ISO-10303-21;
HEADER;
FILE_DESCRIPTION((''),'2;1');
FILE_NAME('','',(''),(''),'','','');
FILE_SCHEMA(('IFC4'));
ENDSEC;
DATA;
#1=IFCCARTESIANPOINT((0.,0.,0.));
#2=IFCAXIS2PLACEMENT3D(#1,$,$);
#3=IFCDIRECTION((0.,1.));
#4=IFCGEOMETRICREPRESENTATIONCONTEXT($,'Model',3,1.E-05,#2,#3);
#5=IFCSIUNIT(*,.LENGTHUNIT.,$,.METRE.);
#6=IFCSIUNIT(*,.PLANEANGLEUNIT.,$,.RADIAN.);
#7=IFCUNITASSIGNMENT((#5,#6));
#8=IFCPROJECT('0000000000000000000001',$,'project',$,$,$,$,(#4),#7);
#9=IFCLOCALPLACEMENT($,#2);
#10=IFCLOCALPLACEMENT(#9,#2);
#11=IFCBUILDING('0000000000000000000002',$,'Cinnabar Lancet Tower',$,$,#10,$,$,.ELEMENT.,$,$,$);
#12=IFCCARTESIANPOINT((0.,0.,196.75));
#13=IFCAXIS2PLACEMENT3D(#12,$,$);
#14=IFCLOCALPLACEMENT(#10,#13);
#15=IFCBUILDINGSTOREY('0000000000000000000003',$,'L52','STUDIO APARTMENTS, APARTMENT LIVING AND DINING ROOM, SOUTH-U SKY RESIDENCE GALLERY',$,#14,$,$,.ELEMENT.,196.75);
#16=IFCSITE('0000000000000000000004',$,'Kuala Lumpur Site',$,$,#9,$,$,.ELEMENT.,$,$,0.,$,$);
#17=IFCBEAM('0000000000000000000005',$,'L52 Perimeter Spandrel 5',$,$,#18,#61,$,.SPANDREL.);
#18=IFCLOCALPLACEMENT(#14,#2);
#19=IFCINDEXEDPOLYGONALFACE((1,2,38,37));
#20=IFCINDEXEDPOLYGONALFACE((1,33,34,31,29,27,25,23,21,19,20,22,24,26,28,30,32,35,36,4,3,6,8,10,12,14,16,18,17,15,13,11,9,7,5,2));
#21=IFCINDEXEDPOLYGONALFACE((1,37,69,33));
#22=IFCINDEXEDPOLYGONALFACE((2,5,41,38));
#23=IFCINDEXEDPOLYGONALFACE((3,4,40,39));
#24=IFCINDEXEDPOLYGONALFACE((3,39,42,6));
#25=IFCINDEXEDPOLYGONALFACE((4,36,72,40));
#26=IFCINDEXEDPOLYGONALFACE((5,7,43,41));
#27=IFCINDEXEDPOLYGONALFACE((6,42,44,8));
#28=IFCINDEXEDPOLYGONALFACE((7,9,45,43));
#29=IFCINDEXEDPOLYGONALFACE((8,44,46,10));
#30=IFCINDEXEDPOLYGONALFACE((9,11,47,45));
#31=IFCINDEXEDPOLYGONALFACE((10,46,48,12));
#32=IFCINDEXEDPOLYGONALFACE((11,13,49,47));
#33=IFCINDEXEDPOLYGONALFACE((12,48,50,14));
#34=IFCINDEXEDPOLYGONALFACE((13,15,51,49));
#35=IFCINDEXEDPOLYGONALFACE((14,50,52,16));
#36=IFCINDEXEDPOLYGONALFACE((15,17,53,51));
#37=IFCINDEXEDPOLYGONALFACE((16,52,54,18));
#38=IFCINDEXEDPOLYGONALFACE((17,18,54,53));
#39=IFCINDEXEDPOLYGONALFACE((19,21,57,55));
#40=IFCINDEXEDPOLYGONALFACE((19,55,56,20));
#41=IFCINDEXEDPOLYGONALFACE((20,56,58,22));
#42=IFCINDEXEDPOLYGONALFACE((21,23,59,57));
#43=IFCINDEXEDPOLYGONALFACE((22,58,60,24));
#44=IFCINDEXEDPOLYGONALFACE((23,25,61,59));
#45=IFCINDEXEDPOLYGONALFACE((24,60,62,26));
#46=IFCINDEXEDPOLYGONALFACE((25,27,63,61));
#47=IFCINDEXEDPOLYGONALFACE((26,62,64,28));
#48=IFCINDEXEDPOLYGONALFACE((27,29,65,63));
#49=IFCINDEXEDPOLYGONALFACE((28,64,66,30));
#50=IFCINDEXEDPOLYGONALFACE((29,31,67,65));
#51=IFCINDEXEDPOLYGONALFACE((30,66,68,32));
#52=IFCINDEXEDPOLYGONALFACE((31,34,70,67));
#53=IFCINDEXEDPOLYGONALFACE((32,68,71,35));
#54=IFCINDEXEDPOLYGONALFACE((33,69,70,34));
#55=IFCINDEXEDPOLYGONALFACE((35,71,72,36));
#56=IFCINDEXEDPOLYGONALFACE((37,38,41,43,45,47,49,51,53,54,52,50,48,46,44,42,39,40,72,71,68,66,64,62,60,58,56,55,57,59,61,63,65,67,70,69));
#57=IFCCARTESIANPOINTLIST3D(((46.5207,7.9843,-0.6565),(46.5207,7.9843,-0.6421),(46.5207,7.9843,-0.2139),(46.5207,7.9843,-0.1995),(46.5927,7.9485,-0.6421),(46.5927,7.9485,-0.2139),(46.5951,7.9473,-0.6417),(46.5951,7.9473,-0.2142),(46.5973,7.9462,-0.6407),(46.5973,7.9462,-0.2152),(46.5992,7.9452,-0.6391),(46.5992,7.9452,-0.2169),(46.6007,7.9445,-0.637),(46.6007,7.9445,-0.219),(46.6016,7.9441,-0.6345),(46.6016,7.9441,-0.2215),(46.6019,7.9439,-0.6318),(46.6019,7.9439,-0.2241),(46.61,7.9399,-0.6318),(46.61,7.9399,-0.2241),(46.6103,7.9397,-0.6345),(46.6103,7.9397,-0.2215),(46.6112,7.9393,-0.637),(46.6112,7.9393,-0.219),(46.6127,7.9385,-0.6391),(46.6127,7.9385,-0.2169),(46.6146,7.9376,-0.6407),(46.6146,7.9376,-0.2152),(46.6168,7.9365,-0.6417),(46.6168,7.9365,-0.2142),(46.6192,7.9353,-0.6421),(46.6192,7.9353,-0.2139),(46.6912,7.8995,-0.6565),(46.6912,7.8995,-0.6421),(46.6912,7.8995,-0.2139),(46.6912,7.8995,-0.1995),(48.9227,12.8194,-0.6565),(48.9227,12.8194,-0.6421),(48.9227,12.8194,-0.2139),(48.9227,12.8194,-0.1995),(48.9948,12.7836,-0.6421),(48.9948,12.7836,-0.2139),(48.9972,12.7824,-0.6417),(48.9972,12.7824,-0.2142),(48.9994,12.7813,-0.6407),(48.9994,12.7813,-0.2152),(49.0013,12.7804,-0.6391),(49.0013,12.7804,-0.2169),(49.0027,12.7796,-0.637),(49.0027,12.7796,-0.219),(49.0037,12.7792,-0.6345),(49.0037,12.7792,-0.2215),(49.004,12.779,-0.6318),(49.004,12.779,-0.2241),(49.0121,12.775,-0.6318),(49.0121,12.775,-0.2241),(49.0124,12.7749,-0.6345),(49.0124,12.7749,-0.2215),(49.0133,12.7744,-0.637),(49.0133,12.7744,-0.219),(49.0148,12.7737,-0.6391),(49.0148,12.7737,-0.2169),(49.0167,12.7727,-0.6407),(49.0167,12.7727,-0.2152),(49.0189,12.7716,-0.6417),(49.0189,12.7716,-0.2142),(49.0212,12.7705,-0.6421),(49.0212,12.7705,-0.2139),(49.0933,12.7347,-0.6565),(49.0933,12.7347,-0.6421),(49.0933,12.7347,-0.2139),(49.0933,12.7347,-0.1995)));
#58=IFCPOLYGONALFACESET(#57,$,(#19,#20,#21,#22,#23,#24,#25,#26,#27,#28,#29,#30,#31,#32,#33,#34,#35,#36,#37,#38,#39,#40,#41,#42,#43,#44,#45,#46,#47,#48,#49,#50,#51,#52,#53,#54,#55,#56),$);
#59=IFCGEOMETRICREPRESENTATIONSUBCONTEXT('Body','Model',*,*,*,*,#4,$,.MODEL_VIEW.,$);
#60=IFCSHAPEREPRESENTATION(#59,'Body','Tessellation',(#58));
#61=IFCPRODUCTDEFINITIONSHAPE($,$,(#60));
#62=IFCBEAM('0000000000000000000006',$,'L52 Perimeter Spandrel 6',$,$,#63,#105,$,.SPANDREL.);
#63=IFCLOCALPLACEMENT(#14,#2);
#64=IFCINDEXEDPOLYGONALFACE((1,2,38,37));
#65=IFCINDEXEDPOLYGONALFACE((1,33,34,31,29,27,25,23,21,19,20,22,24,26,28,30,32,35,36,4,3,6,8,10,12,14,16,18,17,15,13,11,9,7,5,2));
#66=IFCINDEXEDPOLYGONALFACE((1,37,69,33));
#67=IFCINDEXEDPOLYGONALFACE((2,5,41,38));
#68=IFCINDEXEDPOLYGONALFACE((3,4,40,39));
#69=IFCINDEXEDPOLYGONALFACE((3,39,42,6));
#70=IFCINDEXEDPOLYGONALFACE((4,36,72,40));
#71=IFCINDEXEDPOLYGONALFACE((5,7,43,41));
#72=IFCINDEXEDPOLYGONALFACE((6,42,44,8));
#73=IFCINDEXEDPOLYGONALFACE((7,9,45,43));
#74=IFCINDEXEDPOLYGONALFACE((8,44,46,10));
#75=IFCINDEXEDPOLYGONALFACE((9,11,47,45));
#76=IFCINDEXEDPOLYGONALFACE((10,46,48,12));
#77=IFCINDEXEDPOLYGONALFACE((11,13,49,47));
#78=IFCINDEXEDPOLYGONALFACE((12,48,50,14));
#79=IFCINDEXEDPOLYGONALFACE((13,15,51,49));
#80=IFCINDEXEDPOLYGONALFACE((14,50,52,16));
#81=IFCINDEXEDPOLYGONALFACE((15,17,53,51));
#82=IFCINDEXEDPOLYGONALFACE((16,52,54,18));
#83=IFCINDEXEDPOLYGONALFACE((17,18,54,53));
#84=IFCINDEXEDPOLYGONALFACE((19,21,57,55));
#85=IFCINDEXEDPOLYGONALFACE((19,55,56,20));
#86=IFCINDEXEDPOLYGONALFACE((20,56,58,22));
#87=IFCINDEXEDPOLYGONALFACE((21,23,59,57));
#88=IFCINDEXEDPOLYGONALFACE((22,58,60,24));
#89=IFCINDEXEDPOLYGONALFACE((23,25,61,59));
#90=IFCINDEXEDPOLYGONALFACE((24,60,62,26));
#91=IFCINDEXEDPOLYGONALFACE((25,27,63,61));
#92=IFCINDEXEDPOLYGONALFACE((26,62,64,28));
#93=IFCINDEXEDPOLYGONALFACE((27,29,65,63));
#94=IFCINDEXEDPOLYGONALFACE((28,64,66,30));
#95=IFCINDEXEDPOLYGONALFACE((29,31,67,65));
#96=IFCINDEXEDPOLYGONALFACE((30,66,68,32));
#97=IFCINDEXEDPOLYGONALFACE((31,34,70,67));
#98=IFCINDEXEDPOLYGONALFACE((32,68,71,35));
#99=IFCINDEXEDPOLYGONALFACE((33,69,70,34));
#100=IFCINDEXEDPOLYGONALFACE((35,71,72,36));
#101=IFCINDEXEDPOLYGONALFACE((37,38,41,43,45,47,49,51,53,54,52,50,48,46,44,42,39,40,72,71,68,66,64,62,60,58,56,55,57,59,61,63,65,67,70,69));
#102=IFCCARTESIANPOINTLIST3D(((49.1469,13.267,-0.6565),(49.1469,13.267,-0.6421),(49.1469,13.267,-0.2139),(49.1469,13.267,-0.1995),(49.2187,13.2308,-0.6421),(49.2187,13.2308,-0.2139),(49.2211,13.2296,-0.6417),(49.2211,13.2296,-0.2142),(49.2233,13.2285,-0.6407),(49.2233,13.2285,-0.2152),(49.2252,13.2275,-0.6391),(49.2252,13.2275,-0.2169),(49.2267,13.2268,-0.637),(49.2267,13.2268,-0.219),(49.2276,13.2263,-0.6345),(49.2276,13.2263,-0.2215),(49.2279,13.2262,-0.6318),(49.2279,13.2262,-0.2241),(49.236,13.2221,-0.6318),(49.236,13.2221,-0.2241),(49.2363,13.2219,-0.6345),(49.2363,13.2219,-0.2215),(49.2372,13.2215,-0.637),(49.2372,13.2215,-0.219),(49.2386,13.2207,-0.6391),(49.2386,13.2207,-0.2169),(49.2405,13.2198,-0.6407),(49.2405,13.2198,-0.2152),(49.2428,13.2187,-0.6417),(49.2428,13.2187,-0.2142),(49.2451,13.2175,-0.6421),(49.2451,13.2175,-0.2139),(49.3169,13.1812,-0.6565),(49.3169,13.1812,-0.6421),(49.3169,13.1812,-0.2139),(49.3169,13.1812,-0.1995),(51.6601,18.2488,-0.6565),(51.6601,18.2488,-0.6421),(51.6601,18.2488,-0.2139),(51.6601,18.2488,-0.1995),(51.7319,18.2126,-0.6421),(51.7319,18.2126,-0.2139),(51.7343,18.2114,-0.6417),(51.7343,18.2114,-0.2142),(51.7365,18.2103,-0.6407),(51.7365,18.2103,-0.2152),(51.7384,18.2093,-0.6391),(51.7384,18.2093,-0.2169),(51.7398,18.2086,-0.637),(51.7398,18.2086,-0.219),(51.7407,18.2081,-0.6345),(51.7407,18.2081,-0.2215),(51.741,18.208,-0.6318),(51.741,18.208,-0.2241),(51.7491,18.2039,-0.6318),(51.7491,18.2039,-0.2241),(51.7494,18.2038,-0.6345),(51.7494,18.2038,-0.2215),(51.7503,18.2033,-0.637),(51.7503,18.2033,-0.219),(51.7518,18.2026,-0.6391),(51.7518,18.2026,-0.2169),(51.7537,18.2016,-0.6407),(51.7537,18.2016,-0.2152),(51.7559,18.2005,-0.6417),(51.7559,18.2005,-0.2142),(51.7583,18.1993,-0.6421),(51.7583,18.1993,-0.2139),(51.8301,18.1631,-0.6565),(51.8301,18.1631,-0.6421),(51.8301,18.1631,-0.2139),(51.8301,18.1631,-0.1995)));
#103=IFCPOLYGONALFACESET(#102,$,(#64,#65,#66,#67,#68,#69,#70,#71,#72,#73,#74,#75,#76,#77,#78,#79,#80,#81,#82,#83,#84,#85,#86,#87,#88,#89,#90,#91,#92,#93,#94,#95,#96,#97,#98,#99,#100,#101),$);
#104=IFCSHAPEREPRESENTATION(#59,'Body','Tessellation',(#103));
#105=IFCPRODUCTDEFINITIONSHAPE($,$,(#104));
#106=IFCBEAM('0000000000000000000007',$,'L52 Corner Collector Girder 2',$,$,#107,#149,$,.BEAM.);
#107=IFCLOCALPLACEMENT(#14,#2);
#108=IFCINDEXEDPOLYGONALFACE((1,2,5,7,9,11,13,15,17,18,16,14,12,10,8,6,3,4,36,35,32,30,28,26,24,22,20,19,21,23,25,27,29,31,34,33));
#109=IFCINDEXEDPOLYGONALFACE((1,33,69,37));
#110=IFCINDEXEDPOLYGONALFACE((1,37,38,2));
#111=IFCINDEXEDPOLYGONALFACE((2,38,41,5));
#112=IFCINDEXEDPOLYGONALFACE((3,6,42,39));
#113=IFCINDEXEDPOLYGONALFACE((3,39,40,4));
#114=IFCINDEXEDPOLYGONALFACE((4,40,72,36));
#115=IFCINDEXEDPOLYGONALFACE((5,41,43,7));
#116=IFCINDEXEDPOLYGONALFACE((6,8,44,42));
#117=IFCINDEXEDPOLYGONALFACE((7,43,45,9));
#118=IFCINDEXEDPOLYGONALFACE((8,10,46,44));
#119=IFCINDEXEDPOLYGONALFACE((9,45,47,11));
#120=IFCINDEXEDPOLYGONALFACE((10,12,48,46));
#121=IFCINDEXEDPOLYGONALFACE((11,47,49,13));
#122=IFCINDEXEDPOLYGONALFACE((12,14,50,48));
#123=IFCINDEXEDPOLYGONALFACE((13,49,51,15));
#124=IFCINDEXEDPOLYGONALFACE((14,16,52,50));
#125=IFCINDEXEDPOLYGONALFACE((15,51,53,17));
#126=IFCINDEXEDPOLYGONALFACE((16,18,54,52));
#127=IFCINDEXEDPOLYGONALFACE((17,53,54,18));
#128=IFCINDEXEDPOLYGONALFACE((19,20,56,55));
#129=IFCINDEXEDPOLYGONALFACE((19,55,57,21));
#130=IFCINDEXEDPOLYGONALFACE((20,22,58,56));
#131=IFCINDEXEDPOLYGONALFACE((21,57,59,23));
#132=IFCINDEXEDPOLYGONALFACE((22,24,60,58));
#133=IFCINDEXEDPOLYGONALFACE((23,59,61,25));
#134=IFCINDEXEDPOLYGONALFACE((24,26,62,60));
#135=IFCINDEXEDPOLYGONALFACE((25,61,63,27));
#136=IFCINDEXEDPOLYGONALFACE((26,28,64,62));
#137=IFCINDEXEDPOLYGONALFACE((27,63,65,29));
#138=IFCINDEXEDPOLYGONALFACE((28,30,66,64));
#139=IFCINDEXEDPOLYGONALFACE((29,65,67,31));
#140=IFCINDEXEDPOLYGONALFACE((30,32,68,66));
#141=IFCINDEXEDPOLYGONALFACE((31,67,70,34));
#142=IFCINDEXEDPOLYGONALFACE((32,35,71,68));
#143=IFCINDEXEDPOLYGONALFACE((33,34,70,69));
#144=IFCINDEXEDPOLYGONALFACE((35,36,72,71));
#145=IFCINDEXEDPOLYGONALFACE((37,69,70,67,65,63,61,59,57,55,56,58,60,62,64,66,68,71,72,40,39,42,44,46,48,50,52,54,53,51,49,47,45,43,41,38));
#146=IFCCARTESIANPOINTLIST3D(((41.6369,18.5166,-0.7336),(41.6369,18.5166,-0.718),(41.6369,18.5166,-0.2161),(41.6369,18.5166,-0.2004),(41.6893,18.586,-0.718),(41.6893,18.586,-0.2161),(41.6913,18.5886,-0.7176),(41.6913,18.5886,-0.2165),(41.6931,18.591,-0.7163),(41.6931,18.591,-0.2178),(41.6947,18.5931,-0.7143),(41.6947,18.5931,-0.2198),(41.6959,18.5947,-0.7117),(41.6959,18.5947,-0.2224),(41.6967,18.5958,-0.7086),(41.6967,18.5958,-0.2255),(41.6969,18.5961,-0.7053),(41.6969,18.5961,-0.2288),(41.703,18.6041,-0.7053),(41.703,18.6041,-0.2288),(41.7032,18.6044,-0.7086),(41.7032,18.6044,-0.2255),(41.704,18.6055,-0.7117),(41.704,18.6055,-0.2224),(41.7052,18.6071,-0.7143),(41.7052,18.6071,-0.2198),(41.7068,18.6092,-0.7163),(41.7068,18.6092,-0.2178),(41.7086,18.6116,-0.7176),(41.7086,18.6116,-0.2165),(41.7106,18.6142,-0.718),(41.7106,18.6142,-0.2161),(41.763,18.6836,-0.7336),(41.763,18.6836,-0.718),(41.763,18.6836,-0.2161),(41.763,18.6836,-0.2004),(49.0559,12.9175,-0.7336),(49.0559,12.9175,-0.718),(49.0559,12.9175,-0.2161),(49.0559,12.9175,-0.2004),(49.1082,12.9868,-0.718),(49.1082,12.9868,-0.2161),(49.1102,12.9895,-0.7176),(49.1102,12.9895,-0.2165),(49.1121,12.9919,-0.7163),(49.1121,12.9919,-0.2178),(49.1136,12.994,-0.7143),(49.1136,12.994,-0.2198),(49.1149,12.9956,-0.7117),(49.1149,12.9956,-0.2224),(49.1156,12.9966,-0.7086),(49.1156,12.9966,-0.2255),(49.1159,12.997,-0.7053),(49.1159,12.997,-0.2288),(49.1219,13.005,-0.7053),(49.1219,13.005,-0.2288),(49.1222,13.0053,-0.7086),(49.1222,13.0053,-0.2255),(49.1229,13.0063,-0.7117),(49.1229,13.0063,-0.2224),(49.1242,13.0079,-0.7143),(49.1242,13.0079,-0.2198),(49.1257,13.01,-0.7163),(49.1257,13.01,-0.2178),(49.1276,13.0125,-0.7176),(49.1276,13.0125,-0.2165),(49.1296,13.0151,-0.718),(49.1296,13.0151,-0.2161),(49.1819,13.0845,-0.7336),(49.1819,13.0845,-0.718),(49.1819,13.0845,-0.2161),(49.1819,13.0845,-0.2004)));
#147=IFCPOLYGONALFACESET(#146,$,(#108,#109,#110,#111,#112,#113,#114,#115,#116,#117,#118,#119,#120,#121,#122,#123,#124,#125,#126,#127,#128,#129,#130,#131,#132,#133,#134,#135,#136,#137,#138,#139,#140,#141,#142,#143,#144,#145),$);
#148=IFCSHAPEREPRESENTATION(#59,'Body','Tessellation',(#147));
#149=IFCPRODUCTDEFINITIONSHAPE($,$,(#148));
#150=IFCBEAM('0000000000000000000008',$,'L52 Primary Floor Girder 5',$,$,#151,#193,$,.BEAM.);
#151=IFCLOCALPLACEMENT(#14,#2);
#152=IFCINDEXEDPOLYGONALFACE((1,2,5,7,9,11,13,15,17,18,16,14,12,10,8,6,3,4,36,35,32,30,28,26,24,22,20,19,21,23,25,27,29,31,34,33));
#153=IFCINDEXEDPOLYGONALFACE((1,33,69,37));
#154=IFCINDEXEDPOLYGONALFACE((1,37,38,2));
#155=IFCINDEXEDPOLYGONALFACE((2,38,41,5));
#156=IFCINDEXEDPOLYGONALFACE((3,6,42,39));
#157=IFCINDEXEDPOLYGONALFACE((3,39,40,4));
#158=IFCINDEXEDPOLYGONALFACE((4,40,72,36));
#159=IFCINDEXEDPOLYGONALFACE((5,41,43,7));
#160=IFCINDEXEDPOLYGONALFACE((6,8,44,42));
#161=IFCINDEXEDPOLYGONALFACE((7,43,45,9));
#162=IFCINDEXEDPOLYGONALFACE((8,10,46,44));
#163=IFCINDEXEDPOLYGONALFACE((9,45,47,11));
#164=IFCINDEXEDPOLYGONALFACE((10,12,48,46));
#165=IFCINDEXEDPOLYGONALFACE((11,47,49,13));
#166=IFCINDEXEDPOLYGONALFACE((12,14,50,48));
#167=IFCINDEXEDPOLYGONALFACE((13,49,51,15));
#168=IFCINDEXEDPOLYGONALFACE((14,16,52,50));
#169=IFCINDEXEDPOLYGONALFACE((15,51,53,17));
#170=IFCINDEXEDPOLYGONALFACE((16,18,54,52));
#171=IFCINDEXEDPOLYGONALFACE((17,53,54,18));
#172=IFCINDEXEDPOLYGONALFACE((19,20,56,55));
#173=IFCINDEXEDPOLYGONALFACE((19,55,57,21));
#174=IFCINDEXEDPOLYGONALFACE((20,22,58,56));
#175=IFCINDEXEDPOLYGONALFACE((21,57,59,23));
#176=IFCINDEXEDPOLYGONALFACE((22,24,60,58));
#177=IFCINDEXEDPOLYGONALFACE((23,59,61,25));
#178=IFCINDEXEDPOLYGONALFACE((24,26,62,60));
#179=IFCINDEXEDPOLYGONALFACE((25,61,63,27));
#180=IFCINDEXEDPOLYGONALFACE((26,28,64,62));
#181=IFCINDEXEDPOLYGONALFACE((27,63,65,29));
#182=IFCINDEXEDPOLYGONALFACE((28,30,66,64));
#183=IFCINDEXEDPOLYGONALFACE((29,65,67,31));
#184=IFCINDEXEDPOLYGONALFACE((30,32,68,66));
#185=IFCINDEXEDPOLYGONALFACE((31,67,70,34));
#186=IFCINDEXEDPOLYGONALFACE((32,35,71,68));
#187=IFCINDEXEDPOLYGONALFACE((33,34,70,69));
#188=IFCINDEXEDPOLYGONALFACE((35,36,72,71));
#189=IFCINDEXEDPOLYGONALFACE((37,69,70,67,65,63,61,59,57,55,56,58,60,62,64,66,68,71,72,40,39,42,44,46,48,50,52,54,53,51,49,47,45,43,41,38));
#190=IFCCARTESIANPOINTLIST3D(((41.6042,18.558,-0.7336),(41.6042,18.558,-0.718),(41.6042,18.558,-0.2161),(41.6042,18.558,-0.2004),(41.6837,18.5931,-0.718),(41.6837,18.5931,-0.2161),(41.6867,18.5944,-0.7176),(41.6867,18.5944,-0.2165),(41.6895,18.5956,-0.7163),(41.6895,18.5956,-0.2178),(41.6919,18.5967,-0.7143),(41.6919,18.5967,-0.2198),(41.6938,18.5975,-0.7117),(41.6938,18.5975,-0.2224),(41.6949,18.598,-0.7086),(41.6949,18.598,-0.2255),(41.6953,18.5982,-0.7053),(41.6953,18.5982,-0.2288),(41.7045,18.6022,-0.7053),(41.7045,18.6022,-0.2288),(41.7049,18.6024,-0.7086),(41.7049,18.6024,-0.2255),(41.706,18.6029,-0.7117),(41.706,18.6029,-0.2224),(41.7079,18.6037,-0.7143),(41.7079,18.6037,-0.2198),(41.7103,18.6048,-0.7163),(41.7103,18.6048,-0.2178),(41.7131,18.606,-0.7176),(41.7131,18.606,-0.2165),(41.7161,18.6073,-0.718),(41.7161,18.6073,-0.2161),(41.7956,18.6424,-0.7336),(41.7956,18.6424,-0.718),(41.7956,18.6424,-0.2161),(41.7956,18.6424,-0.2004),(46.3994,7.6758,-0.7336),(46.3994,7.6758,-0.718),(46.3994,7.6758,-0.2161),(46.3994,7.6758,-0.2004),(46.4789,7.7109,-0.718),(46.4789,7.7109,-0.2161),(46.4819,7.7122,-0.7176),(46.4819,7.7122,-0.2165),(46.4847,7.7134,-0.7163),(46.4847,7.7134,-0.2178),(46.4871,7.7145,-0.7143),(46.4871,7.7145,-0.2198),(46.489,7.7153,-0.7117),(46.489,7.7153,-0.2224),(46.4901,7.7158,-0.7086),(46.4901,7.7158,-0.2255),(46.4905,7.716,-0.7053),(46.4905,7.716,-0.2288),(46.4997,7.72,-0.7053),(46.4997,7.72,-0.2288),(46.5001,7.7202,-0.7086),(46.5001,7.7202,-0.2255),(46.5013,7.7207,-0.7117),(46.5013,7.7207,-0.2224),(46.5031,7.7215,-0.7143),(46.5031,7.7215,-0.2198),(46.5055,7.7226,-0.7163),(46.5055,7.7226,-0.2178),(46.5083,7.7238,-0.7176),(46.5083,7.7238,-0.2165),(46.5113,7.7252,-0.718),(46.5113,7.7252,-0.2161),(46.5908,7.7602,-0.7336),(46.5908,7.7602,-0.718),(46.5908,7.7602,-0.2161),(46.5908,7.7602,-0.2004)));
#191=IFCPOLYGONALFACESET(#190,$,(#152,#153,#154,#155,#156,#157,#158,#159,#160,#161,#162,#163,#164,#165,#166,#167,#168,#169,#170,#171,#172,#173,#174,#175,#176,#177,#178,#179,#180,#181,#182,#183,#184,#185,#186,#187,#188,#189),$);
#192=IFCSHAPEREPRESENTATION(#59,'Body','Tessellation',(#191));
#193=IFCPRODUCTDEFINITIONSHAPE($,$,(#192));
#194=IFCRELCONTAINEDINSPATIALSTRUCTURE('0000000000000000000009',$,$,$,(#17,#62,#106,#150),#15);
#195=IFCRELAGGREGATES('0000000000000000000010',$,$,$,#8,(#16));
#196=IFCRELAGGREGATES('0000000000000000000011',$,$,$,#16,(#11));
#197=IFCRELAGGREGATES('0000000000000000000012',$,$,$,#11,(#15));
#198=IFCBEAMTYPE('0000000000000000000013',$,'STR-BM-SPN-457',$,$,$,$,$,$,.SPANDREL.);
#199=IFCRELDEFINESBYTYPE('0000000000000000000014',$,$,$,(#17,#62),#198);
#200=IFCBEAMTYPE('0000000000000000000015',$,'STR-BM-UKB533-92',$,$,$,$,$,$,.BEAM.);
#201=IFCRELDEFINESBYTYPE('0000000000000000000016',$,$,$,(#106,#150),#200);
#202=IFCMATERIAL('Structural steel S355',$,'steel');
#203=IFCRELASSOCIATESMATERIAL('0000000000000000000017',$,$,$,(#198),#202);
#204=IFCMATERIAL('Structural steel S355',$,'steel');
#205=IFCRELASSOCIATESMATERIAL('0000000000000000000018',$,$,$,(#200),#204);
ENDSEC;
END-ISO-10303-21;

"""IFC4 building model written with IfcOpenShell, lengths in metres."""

from ifc_helpers import new_model, si_unit, direction, frame, origin, origin_2d, place, context, subcontext, project, spatial, i_section, extrude, material, material_profile, profile_set, type_object, element, save


model = new_model("IFC4")

# Units and contexts
model_context = context("Model", 3, precision=1e-05, world=origin(), true_north=direction((0.0, 1.0)))
body_context = subcontext(model_context, "Body", "Model", "MODEL_VIEW")
ifc_project = project(units=[si_unit("LENGTHUNIT", "METRE"), si_unit("PLANEANGLEUNIT", "RADIAN")], contexts=[model_context])

# Site, building, storey
site_placement = place(None, origin())
site = spatial("IfcSite", under=ifc_project, at=site_placement, Name="Kuala Lumpur Site", CompositionType="ELEMENT", RefElevation=0.0)
building_placement = place(site_placement, origin())
building = spatial("IfcBuilding", under=site, at=building_placement, Name="Cinnabar Lancet Tower", CompositionType="ELEMENT")
storey_placement = place(building_placement, frame((0.0, 0.0, 196.75)))
storey = spatial("IfcBuildingStorey", under=building, at=storey_placement, Name="L52", Description="STUDIO APARTMENTS, APARTMENT LIVING AND DINING ROOM, SOUTH-U SKY RESIDENCE GALLERY", CompositionType="ELEMENT", Elevation=196.75)

# Beams
ifc_material_1 = material(Name="Structural steel S355", Category="steel")
ifc_material_profile_1 = material_profile(ifc_material_1, i_section(OverallWidth=0.1904, OverallDepth=0.457, WebThickness=0.009, FlangeThickness=0.0144, FilletRadius=0.0103, at=origin_2d()), Name="UKB 457x191x74")
ifc_profile_set_1 = profile_set([ifc_material_profile_1], Name="Structural steel S355")
beam_type_1 = type_object("IfcBeamType", Name="STR-BM-SPN-457", PredefinedType="SPANDREL", material=ifc_profile_set_1)
beam_1_placement = place(storey_placement, frame((46.606, 7.9419, -0.428), z_axis=(0.444915, 0.895573, 0.0), x_axis=(-0.895573, 0.444915, 0.0)))
element("IfcBeam", 1, at=beam_1_placement, inside=storey, type_object=beam_type_1, Name="L52 Perimeter Spandrel 5", PredefinedType="SPANDREL", context=body_context, shape_type="SweptSolid", body=[
    extrude(i_section(OverallWidth=0.1904, OverallDepth=0.457, WebThickness=0.009, FlangeThickness=0.0144, FilletRadius=0.0103, at=origin_2d()), origin(), (0.0, 0.0, 1.0), 5.3989),
])
beam_2_placement = place(storey_placement, frame((49.2319, 13.2241, -0.428), z_axis=(0.450396, 0.892829, 0.0), x_axis=(-0.892829, 0.450396, 0.0)))
element("IfcBeam", 2, at=beam_2_placement, inside=storey, type_object=beam_type_1, Name="L52 Perimeter Spandrel 6", PredefinedType="SPANDREL", context=body_context, shape_type="SweptSolid", body=[
    extrude(i_section(OverallWidth=0.1904, OverallDepth=0.457, WebThickness=0.009, FlangeThickness=0.0144, FilletRadius=0.0103, at=origin_2d()), origin(), (0.0, 0.0, 1.0), 5.5798),
])
ifc_material_2 = material(Name="Structural steel S355", Category="steel")
ifc_material_profile_2 = material_profile(ifc_material_2, i_section(OverallWidth=0.2092, OverallDepth=0.5332, WebThickness=0.01, FlangeThickness=0.0156, FilletRadius=0.0127, at=origin_2d()), Name="UKB 533x210x92")
ifc_profile_set_2 = profile_set([ifc_material_profile_2], Name="Structural steel S355")
beam_type_2 = type_object("IfcBeamType", Name="STR-BM-UKB533-92", PredefinedType="BEAM", material=ifc_profile_set_2)
beam_3_placement = place(storey_placement, frame((49.1189, 13.001, -0.467), z_axis=(-0.798193, 0.602401, 0.0), x_axis=(-0.602401, -0.798193, 0.0)))
element("IfcBeam", 3, at=beam_3_placement, inside=storey, type_object=beam_type_2, Name="L52 Corner Collector Girder 2", PredefinedType="BEAM", context=body_context, shape_type="SweptSolid", body=[
    extrude(i_section(OverallWidth=0.2092, OverallDepth=0.5332, WebThickness=0.01, FlangeThickness=0.0156, FilletRadius=0.0127, at=origin_2d()), origin(), (0.0, 0.0, 1.0), 9.2947),
])
beam_4_placement = place(storey_placement, frame((46.4951, 7.718, -0.467), z_axis=(-0.403235, 0.915096, 0.0), x_axis=(-0.915096, -0.403235, 0.0)))
element("IfcBeam", 4, at=beam_4_placement, inside=storey, type_object=beam_type_2, Name="L52 Primary Floor Girder 5", PredefinedType="BEAM", context=body_context, shape_type="SweptSolid", body=[
    extrude(i_section(OverallWidth=0.2092, OverallDepth=0.5332, WebThickness=0.01, FlangeThickness=0.0156, FilletRadius=0.0127, at=origin_2d()), origin(), (0.0, 0.0, 1.0), 11.8918),
])

save(model, "model.ifc")
